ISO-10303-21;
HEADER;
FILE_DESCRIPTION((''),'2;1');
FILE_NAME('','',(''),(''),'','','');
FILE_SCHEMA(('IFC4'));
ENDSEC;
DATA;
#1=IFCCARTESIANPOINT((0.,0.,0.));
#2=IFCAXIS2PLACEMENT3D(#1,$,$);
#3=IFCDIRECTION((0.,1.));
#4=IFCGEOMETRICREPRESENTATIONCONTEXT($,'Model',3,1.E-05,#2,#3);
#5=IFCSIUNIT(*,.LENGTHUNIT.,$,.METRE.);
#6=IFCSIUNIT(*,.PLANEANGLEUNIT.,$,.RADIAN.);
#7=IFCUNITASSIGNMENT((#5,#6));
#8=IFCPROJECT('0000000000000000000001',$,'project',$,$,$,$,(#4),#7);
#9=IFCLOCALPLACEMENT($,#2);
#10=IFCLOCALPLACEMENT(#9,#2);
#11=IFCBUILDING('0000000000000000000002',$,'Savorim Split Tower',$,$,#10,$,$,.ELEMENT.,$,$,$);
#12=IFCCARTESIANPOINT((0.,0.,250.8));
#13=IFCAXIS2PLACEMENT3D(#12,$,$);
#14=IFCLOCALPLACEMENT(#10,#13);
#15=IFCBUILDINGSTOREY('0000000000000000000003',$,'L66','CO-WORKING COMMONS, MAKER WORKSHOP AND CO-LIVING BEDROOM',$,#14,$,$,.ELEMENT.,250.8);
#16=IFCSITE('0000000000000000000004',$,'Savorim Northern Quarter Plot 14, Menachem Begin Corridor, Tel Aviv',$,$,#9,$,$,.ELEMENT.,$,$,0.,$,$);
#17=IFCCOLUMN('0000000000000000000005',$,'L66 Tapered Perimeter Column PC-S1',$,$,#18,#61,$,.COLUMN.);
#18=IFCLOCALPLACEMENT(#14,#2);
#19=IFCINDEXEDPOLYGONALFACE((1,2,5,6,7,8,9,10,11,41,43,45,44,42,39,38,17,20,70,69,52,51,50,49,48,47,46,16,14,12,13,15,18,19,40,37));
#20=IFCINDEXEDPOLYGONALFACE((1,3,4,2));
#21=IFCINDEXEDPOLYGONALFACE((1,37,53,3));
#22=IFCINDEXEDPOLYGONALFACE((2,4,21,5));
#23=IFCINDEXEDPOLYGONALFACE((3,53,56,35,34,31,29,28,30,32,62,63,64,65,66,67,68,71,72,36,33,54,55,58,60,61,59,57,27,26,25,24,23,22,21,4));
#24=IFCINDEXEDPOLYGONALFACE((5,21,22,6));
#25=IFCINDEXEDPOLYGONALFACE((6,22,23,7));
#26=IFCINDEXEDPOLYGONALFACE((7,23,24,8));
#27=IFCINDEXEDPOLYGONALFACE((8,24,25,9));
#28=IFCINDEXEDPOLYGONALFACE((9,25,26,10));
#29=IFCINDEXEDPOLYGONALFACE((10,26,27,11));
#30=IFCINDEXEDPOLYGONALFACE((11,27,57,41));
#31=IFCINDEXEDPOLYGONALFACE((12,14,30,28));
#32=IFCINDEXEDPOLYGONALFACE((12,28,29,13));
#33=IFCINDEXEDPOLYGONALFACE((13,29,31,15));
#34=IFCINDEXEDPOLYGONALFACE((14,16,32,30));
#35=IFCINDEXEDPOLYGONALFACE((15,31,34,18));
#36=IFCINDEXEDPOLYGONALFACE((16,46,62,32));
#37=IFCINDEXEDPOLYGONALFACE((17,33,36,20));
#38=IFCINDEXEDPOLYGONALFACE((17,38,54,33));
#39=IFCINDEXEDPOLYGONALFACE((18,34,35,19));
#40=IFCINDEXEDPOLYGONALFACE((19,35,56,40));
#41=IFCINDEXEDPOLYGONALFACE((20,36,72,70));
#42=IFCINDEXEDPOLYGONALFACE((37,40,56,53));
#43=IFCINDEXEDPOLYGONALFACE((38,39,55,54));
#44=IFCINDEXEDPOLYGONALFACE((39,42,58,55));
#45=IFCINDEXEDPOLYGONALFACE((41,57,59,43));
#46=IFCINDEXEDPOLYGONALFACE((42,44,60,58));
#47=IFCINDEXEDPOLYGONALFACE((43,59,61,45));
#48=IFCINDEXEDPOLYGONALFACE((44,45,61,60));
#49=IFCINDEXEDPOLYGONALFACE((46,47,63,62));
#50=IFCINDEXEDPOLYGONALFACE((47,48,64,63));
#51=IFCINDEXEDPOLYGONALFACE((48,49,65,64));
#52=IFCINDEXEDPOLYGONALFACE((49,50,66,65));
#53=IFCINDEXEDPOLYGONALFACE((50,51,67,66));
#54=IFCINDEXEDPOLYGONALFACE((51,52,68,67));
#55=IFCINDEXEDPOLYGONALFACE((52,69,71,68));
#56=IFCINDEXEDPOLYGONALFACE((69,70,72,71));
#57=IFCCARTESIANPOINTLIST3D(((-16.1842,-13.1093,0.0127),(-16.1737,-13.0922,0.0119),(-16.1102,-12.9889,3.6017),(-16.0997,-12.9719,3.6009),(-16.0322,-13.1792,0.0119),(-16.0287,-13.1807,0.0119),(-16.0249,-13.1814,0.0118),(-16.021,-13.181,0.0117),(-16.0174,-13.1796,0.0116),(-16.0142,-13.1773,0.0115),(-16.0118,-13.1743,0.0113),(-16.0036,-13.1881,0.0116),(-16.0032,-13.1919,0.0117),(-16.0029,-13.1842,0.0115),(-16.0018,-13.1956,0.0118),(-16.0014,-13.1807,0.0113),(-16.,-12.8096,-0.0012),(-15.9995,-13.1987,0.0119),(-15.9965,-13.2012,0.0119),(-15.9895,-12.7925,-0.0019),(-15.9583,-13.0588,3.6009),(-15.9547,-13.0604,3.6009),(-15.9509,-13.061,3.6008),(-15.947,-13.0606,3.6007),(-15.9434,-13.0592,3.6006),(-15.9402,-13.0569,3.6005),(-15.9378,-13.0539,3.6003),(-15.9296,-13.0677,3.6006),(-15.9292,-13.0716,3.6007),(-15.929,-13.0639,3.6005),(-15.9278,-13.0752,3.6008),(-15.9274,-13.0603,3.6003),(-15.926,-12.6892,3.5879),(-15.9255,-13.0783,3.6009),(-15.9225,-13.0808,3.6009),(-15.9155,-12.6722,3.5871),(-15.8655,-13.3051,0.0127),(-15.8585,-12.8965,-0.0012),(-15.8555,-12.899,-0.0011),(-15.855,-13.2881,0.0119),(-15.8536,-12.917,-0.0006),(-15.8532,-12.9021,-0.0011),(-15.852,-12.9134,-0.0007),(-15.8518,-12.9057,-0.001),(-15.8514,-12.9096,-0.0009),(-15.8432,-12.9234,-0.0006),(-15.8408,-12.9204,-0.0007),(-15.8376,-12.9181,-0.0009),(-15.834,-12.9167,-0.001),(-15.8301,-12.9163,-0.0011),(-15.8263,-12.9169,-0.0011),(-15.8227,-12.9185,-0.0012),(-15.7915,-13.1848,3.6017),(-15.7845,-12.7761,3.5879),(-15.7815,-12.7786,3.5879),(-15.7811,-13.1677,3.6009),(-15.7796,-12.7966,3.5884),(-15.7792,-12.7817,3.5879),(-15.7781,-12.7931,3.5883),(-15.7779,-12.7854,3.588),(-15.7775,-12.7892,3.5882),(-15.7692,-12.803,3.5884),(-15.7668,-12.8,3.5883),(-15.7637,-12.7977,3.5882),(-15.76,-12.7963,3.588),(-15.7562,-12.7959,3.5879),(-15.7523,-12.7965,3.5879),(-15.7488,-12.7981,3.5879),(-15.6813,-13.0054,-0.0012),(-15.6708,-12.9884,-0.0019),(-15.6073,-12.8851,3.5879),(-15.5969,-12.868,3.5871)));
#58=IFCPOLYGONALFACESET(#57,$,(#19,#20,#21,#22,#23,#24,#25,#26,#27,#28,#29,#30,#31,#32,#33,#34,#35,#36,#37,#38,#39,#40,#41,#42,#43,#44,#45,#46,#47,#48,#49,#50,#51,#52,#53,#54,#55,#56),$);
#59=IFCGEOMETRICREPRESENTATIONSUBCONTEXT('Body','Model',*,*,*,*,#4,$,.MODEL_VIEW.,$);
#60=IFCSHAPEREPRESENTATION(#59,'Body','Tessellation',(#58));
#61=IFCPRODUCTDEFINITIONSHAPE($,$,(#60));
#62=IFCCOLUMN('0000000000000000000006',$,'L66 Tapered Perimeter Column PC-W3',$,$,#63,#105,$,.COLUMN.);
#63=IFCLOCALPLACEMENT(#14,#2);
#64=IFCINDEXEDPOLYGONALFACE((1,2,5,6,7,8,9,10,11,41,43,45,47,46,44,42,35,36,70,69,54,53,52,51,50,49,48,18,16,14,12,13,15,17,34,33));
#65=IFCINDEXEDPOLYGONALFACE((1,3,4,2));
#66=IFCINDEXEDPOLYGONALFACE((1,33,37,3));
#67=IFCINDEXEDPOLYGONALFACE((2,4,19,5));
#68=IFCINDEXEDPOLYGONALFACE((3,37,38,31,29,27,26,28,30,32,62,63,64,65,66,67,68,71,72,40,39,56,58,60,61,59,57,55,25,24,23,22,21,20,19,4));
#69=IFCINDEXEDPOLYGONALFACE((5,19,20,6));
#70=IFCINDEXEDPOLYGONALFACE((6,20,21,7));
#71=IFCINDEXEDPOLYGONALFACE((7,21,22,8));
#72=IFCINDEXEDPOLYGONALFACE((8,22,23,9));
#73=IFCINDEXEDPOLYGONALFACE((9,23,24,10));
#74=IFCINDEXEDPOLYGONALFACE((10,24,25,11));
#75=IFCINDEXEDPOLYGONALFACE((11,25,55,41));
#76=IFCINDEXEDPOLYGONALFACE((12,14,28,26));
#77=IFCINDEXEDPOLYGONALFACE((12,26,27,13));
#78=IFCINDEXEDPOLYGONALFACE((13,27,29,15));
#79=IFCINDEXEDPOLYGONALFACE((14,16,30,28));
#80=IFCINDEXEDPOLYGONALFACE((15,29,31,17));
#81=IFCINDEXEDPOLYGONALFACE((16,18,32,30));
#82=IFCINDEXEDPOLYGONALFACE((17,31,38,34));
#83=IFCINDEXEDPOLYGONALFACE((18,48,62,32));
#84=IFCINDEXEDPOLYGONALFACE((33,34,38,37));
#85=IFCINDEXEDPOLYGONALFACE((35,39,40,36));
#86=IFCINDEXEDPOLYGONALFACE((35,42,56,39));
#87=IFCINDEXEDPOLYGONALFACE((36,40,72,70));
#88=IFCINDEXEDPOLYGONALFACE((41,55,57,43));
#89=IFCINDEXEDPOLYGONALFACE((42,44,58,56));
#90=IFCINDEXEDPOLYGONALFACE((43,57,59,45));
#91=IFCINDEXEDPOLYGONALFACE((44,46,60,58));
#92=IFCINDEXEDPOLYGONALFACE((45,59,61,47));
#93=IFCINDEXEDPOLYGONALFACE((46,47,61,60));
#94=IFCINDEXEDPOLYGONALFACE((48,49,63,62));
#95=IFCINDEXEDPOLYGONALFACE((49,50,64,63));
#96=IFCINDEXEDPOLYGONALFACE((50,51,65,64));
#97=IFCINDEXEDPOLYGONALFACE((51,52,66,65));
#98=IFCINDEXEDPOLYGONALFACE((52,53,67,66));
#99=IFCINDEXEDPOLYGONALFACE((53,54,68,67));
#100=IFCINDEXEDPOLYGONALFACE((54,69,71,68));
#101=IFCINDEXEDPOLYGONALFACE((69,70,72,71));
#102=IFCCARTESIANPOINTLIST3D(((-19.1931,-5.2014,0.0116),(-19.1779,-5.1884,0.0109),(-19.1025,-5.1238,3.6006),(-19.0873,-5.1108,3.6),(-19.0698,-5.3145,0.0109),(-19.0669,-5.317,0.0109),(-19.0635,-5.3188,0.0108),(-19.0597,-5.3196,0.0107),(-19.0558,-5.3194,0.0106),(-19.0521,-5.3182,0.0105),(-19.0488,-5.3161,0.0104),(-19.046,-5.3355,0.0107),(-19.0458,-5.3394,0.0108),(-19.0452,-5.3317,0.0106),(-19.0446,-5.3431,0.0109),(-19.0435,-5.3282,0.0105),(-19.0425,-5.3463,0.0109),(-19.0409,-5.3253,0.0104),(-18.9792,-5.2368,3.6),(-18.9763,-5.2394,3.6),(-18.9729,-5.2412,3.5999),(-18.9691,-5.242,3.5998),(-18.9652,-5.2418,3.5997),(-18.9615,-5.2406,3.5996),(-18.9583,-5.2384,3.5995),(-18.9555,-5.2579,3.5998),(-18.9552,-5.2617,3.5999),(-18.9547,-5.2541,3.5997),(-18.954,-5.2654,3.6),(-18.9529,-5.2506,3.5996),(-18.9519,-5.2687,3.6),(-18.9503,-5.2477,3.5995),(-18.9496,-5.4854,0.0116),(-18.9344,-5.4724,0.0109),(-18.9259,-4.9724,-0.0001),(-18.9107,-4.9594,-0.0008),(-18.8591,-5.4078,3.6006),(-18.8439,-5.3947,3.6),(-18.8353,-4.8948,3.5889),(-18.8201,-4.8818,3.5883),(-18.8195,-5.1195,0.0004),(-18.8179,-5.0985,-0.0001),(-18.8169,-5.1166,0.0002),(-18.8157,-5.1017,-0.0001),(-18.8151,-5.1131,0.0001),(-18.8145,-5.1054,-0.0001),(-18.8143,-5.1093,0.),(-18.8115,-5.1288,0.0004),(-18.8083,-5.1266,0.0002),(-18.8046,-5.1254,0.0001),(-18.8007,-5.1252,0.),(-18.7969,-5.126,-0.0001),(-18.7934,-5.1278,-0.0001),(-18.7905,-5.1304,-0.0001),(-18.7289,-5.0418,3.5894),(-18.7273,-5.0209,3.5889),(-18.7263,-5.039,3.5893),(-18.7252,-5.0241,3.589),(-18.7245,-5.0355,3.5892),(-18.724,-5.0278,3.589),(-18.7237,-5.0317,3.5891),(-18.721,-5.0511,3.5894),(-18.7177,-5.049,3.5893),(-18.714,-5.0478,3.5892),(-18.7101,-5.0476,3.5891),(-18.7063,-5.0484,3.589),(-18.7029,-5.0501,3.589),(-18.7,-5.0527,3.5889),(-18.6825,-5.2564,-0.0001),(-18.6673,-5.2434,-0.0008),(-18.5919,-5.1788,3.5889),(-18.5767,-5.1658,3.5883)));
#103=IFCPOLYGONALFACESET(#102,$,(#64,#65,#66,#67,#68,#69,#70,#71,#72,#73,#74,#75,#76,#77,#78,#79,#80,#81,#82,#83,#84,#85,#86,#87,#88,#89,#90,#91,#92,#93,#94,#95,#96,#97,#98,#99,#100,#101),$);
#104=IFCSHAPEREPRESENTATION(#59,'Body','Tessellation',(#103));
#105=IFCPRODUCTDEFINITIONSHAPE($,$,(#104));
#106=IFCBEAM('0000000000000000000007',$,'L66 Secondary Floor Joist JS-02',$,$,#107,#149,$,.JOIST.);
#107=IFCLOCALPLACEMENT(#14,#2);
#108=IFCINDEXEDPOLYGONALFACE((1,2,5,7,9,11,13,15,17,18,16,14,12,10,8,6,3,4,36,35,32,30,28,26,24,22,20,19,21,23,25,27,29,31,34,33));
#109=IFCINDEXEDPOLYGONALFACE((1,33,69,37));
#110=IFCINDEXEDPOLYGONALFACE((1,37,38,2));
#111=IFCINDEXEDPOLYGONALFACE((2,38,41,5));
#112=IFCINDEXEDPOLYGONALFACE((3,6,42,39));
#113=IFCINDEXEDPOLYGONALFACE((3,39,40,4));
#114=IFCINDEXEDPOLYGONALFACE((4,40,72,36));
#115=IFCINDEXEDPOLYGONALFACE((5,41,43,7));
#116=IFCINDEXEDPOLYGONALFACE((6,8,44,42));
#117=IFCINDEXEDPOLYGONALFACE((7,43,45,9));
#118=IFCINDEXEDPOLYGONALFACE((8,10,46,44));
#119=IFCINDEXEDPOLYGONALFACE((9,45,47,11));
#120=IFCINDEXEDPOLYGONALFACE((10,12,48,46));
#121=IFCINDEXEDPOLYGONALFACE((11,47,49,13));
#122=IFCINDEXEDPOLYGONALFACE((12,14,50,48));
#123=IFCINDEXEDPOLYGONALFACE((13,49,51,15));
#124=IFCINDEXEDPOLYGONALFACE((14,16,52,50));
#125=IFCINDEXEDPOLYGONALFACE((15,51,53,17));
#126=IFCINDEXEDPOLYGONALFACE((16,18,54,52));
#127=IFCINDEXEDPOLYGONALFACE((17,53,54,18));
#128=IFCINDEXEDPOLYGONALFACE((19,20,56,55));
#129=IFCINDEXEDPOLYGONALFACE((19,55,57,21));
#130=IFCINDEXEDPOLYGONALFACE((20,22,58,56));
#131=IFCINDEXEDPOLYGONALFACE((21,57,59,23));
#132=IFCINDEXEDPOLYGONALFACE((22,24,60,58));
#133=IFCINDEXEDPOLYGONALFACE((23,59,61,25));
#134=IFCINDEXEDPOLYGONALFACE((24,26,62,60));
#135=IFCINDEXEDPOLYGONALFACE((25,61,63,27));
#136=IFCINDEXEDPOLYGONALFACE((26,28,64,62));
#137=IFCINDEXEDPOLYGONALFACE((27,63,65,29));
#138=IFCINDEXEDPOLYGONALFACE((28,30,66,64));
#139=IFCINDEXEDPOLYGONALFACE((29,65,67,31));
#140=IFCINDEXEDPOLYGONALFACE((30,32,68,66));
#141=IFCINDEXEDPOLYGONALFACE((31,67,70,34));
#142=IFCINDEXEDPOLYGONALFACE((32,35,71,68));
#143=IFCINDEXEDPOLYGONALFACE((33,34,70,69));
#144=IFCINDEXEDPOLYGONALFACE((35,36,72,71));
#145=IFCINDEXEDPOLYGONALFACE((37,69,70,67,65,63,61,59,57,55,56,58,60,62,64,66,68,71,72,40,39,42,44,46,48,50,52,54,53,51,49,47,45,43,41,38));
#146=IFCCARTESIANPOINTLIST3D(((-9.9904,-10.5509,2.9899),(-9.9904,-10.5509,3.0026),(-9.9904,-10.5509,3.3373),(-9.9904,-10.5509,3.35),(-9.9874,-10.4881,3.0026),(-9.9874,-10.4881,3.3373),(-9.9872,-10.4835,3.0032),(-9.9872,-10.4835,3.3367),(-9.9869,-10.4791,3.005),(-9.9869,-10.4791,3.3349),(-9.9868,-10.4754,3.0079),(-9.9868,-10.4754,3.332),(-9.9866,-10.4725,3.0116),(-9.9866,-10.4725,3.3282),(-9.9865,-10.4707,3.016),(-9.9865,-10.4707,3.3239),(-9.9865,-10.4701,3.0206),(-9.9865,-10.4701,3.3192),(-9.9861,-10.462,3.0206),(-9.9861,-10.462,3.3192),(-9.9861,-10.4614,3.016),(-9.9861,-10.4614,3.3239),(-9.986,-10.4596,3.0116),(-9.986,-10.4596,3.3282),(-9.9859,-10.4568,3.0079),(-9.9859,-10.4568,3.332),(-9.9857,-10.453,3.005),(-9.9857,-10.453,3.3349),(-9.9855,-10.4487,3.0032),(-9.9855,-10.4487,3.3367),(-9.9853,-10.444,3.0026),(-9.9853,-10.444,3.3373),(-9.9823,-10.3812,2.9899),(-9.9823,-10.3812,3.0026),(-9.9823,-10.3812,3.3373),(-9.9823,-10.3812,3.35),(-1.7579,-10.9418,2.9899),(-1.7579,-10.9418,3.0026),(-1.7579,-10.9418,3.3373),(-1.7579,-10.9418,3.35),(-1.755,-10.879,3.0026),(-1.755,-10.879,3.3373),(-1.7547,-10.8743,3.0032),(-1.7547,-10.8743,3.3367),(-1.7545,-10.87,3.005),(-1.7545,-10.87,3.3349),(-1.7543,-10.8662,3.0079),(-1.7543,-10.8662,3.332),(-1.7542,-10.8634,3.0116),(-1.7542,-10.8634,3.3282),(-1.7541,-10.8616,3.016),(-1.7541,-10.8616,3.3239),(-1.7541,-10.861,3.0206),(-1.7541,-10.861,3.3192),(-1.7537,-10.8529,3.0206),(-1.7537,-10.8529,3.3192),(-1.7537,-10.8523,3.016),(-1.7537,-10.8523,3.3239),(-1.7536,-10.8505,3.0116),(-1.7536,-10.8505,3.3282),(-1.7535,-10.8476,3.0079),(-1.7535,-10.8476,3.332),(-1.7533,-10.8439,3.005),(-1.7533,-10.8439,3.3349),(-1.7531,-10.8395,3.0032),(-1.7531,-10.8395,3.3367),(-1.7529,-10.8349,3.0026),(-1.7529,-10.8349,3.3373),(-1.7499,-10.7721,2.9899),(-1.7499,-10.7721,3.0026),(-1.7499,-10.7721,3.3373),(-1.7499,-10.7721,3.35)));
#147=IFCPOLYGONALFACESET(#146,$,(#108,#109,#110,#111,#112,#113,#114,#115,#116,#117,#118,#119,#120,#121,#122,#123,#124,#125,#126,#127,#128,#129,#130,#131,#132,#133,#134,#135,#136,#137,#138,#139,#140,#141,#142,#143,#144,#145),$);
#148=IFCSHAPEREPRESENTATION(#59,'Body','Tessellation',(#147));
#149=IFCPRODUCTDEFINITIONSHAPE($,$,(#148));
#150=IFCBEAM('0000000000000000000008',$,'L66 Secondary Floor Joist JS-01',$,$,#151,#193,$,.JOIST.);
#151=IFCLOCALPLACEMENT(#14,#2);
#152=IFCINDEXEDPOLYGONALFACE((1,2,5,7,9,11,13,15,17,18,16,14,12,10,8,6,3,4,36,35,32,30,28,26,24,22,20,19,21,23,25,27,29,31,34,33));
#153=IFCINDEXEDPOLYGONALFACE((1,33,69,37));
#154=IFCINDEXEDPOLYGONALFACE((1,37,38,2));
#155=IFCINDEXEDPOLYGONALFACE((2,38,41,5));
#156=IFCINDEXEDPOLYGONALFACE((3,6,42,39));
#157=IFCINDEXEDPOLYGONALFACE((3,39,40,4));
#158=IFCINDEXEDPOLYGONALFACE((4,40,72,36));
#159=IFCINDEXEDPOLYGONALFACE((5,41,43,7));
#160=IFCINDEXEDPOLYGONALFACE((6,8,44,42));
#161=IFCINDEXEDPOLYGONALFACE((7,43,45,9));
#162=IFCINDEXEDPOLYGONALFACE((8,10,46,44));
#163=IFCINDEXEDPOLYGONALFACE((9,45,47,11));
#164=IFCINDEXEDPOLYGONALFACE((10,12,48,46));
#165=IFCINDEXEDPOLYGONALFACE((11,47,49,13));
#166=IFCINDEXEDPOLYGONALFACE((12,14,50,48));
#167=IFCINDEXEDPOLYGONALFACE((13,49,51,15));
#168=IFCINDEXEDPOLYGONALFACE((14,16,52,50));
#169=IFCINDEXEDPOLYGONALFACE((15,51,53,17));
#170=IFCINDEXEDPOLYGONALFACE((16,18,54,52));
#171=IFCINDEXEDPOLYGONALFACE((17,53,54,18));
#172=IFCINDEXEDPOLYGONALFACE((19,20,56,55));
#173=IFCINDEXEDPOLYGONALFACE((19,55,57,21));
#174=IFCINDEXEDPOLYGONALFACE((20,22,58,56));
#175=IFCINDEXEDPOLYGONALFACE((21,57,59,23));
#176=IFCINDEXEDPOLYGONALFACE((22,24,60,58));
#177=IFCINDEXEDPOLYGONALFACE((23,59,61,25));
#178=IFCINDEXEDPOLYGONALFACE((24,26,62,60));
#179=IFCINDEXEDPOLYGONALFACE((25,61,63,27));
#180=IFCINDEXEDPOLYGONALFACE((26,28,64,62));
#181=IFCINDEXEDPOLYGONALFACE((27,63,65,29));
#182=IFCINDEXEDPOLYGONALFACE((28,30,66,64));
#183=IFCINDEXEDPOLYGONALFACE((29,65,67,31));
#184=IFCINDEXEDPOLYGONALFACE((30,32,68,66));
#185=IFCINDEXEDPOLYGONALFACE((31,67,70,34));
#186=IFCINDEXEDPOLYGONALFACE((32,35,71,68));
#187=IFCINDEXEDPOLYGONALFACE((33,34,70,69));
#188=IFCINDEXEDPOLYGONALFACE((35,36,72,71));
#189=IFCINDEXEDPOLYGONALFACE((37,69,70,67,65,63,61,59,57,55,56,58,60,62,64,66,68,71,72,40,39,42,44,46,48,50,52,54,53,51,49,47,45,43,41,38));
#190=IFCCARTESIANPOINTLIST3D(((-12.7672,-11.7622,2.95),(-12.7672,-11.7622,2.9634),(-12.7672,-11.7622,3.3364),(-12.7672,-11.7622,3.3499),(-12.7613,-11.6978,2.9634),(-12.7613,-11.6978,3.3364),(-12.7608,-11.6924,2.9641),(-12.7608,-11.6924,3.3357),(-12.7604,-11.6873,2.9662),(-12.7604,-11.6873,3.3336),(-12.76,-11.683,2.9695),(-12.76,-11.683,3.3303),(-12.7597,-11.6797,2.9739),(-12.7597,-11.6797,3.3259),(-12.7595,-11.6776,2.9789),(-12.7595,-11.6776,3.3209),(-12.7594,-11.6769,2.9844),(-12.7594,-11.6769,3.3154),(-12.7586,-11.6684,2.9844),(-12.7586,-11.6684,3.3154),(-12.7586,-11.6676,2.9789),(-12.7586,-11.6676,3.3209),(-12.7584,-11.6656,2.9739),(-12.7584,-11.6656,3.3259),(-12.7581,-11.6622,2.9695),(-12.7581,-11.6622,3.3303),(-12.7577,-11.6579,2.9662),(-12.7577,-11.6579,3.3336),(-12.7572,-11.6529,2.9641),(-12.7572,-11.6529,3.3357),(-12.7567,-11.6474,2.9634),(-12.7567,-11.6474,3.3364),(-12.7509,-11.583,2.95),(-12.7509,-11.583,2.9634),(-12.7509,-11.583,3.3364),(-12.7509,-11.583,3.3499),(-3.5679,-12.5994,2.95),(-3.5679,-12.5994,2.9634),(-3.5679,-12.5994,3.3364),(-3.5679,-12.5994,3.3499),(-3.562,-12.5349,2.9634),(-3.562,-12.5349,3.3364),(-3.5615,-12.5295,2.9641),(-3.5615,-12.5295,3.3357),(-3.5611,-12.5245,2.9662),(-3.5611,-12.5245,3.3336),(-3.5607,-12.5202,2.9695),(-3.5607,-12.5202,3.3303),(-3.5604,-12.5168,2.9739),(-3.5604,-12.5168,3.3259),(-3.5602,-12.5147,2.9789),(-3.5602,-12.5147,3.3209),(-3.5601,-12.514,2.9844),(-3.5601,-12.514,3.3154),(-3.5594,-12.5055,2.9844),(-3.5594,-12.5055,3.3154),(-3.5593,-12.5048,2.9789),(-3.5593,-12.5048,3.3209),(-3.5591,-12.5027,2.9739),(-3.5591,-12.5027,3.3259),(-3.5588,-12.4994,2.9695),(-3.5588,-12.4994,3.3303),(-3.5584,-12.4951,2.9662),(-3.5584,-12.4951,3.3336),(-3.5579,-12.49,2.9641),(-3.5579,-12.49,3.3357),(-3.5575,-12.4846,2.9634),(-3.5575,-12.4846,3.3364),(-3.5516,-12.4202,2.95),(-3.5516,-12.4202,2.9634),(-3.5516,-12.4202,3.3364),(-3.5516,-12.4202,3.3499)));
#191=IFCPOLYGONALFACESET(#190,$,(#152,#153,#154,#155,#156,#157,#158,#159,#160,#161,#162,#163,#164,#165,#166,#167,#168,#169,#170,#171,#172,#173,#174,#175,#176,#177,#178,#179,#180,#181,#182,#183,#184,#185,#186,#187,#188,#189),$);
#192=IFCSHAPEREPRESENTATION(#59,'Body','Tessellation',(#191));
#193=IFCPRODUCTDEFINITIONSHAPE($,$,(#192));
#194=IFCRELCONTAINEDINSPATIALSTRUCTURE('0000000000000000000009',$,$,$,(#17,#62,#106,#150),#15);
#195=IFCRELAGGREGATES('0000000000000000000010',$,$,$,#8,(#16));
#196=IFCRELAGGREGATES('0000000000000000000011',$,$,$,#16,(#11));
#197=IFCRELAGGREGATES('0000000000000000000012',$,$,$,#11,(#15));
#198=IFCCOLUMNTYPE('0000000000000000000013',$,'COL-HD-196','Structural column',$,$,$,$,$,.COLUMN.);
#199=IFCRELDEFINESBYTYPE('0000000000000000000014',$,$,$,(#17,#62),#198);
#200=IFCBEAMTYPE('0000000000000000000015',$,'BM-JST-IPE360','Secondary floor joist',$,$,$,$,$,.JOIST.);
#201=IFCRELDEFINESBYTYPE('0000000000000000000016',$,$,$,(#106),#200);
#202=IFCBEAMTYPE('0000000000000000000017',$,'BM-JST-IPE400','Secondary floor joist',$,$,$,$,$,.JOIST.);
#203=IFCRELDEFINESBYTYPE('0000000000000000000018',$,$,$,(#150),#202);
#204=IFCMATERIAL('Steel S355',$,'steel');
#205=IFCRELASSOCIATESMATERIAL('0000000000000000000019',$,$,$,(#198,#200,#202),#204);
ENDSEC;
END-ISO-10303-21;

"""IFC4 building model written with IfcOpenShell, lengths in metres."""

from ifc_helpers import new_model, si_unit, direction, frame, origin, origin_2d, place, context, subcontext, project, spatial, i_section, extrude, material, material_profile, profile_set, type_object, element, save


model = new_model("IFC4")

# Units and contexts
model_context = context("Model", 3, precision=1e-05, world=origin(), true_north=direction((0.0, 1.0)))
body_context = subcontext(model_context, "Body", "Model", "MODEL_VIEW")
ifc_project = project(units=[si_unit("LENGTHUNIT", "METRE"), si_unit("PLANEANGLEUNIT", "RADIAN")], contexts=[model_context])

# Site, building, storey
site_placement = place(None, origin())
site = spatial("IfcSite", under=ifc_project, at=site_placement, Name="Savorim Northern Quarter Plot 14, Menachem Begin Corridor, Tel Aviv", CompositionType="ELEMENT", RefElevation=0.0)
building_placement = place(site_placement, origin())
building = spatial("IfcBuilding", under=site, at=building_placement, Name="Savorim Split Tower", CompositionType="ELEMENT")
storey_placement = place(building_placement, frame((0.0, 0.0, 250.8)))
storey = spatial("IfcBuildingStorey", under=building, at=storey_placement, Name="L66", Description="CO-WORKING COMMONS, MAKER WORKSHOP AND CO-LIVING BEDROOM", CompositionType="ELEMENT", Elevation=250.8)

# Columns
ifc_material_1 = material(Name="Steel S355", Category="steel")
ifc_material_profile_1 = material_profile(ifc_material_1, i_section(OverallWidth=0.374, OverallDepth=0.3721, WebThickness=0.0122, FlangeThickness=0.02, FilletRadius=0.0149, at=origin_2d()), Name="HD 360x196")
ifc_profile_set_1 = profile_set([ifc_material_profile_1], Name="Steel S355")
column_type = type_object("IfcColumnType", Name="COL-HD-196", Description="Structural column", PredefinedType="COLUMN", material=ifc_profile_set_1)
column_1_placement = place(storey_placement, frame((-15.9275, -13.0488, 0.0054), z_axis=(0.020595, 0.033509, 0.999226), x_axis=(-0.851955, 0.523615, 0.0)))
element("IfcColumn", 1, at=column_1_placement, inside=storey, type_object=column_type, Name="L66 Tapered Perimeter Column PC-S1", PredefinedType="COLUMN", context=body_context, shape_type="SweptSolid", body=[
    extrude(i_section(OverallWidth=0.374, OverallDepth=0.3721, WebThickness=0.0122, FlangeThickness=0.02, FilletRadius=0.0149, at=origin_2d()), origin(), (0.0, 0.0, 1.0), 3.5918),
])
column_2_placement = place(storey_placement, frame((-18.9302, -5.2224, 0.0054), z_axis=(0.025222, 0.021619, 0.999448), x_axis=(-0.650791, 0.759257, 0.0)))
element("IfcColumn", 2, at=column_2_placement, inside=storey, type_object=column_type, Name="L66 Tapered Perimeter Column PC-W3", PredefinedType="COLUMN", context=body_context, shape_type="SweptSolid", body=[
    extrude(i_section(OverallWidth=0.374, OverallDepth=0.3721, WebThickness=0.0122, FlangeThickness=0.02, FilletRadius=0.0149, at=origin_2d()), origin(), (0.0, 0.0, 1.0), 3.5911),
])

# Beams
ifc_material_profile_2 = material_profile(ifc_material_1, i_section(OverallWidth=0.1699, OverallDepth=0.3601, WebThickness=0.0081, FlangeThickness=0.0127, FilletRadius=0.0181, at=origin_2d()), Name="IPE 360")
ifc_profile_set_2 = profile_set([ifc_material_profile_2], Name="Steel S355")
beam_type_1 = type_object("IfcBeamType", Name="BM-JST-IPE360", Description="Secondary floor joist", PredefinedType="JOIST", material=ifc_profile_set_2)
beam_1_placement = place(storey_placement, frame((-9.9863, -10.4661, 3.1699), z_axis=(0.998875, -0.047426, 0.0), x_axis=(0.047426, 0.998875, 0.0)))
element("IfcBeam", 3, at=beam_1_placement, inside=storey, type_object=beam_type_1, Name="L66 Secondary Floor Joist JS-02", PredefinedType="JOIST", context=body_context, shape_type="SweptSolid", body=[
    extrude(i_section(OverallWidth=0.1699, OverallDepth=0.3601, WebThickness=0.0081, FlangeThickness=0.0127, FilletRadius=0.0181, at=origin_2d()), origin(), (0.0, 0.0, 1.0), 8.2417),
])
ifc_material_profile_3 = material_profile(ifc_material_1, i_section(OverallWidth=0.1799, OverallDepth=0.3999, WebThickness=0.0085, FlangeThickness=0.0134, FilletRadius=0.021, at=origin_2d()), Name="IPE 400")
ifc_profile_set_3 = profile_set([ifc_material_profile_3], Name="Steel S355")
beam_type_2 = type_object("IfcBeamType", Name="BM-JST-IPE400", Description="Secondary floor joist", PredefinedType="JOIST", material=ifc_profile_set_3)
beam_2_placement = place(storey_placement, frame((-12.759, -11.6726, 3.1499), z_axis=(0.995885, -0.090629, 0.0), x_axis=(0.090629, 0.995885, 0.0)))
element("IfcBeam", 4, at=beam_2_placement, inside=storey, type_object=beam_type_2, Name="L66 Secondary Floor Joist JS-01", PredefinedType="JOIST", context=body_context, shape_type="SweptSolid", body=[
    extrude(i_section(OverallWidth=0.1799, OverallDepth=0.3999, WebThickness=0.0085, FlangeThickness=0.0134, FilletRadius=0.021, at=origin_2d()), origin(), (0.0, 0.0, 1.0), 9.2373),
])

save(model, "model.ifc")
